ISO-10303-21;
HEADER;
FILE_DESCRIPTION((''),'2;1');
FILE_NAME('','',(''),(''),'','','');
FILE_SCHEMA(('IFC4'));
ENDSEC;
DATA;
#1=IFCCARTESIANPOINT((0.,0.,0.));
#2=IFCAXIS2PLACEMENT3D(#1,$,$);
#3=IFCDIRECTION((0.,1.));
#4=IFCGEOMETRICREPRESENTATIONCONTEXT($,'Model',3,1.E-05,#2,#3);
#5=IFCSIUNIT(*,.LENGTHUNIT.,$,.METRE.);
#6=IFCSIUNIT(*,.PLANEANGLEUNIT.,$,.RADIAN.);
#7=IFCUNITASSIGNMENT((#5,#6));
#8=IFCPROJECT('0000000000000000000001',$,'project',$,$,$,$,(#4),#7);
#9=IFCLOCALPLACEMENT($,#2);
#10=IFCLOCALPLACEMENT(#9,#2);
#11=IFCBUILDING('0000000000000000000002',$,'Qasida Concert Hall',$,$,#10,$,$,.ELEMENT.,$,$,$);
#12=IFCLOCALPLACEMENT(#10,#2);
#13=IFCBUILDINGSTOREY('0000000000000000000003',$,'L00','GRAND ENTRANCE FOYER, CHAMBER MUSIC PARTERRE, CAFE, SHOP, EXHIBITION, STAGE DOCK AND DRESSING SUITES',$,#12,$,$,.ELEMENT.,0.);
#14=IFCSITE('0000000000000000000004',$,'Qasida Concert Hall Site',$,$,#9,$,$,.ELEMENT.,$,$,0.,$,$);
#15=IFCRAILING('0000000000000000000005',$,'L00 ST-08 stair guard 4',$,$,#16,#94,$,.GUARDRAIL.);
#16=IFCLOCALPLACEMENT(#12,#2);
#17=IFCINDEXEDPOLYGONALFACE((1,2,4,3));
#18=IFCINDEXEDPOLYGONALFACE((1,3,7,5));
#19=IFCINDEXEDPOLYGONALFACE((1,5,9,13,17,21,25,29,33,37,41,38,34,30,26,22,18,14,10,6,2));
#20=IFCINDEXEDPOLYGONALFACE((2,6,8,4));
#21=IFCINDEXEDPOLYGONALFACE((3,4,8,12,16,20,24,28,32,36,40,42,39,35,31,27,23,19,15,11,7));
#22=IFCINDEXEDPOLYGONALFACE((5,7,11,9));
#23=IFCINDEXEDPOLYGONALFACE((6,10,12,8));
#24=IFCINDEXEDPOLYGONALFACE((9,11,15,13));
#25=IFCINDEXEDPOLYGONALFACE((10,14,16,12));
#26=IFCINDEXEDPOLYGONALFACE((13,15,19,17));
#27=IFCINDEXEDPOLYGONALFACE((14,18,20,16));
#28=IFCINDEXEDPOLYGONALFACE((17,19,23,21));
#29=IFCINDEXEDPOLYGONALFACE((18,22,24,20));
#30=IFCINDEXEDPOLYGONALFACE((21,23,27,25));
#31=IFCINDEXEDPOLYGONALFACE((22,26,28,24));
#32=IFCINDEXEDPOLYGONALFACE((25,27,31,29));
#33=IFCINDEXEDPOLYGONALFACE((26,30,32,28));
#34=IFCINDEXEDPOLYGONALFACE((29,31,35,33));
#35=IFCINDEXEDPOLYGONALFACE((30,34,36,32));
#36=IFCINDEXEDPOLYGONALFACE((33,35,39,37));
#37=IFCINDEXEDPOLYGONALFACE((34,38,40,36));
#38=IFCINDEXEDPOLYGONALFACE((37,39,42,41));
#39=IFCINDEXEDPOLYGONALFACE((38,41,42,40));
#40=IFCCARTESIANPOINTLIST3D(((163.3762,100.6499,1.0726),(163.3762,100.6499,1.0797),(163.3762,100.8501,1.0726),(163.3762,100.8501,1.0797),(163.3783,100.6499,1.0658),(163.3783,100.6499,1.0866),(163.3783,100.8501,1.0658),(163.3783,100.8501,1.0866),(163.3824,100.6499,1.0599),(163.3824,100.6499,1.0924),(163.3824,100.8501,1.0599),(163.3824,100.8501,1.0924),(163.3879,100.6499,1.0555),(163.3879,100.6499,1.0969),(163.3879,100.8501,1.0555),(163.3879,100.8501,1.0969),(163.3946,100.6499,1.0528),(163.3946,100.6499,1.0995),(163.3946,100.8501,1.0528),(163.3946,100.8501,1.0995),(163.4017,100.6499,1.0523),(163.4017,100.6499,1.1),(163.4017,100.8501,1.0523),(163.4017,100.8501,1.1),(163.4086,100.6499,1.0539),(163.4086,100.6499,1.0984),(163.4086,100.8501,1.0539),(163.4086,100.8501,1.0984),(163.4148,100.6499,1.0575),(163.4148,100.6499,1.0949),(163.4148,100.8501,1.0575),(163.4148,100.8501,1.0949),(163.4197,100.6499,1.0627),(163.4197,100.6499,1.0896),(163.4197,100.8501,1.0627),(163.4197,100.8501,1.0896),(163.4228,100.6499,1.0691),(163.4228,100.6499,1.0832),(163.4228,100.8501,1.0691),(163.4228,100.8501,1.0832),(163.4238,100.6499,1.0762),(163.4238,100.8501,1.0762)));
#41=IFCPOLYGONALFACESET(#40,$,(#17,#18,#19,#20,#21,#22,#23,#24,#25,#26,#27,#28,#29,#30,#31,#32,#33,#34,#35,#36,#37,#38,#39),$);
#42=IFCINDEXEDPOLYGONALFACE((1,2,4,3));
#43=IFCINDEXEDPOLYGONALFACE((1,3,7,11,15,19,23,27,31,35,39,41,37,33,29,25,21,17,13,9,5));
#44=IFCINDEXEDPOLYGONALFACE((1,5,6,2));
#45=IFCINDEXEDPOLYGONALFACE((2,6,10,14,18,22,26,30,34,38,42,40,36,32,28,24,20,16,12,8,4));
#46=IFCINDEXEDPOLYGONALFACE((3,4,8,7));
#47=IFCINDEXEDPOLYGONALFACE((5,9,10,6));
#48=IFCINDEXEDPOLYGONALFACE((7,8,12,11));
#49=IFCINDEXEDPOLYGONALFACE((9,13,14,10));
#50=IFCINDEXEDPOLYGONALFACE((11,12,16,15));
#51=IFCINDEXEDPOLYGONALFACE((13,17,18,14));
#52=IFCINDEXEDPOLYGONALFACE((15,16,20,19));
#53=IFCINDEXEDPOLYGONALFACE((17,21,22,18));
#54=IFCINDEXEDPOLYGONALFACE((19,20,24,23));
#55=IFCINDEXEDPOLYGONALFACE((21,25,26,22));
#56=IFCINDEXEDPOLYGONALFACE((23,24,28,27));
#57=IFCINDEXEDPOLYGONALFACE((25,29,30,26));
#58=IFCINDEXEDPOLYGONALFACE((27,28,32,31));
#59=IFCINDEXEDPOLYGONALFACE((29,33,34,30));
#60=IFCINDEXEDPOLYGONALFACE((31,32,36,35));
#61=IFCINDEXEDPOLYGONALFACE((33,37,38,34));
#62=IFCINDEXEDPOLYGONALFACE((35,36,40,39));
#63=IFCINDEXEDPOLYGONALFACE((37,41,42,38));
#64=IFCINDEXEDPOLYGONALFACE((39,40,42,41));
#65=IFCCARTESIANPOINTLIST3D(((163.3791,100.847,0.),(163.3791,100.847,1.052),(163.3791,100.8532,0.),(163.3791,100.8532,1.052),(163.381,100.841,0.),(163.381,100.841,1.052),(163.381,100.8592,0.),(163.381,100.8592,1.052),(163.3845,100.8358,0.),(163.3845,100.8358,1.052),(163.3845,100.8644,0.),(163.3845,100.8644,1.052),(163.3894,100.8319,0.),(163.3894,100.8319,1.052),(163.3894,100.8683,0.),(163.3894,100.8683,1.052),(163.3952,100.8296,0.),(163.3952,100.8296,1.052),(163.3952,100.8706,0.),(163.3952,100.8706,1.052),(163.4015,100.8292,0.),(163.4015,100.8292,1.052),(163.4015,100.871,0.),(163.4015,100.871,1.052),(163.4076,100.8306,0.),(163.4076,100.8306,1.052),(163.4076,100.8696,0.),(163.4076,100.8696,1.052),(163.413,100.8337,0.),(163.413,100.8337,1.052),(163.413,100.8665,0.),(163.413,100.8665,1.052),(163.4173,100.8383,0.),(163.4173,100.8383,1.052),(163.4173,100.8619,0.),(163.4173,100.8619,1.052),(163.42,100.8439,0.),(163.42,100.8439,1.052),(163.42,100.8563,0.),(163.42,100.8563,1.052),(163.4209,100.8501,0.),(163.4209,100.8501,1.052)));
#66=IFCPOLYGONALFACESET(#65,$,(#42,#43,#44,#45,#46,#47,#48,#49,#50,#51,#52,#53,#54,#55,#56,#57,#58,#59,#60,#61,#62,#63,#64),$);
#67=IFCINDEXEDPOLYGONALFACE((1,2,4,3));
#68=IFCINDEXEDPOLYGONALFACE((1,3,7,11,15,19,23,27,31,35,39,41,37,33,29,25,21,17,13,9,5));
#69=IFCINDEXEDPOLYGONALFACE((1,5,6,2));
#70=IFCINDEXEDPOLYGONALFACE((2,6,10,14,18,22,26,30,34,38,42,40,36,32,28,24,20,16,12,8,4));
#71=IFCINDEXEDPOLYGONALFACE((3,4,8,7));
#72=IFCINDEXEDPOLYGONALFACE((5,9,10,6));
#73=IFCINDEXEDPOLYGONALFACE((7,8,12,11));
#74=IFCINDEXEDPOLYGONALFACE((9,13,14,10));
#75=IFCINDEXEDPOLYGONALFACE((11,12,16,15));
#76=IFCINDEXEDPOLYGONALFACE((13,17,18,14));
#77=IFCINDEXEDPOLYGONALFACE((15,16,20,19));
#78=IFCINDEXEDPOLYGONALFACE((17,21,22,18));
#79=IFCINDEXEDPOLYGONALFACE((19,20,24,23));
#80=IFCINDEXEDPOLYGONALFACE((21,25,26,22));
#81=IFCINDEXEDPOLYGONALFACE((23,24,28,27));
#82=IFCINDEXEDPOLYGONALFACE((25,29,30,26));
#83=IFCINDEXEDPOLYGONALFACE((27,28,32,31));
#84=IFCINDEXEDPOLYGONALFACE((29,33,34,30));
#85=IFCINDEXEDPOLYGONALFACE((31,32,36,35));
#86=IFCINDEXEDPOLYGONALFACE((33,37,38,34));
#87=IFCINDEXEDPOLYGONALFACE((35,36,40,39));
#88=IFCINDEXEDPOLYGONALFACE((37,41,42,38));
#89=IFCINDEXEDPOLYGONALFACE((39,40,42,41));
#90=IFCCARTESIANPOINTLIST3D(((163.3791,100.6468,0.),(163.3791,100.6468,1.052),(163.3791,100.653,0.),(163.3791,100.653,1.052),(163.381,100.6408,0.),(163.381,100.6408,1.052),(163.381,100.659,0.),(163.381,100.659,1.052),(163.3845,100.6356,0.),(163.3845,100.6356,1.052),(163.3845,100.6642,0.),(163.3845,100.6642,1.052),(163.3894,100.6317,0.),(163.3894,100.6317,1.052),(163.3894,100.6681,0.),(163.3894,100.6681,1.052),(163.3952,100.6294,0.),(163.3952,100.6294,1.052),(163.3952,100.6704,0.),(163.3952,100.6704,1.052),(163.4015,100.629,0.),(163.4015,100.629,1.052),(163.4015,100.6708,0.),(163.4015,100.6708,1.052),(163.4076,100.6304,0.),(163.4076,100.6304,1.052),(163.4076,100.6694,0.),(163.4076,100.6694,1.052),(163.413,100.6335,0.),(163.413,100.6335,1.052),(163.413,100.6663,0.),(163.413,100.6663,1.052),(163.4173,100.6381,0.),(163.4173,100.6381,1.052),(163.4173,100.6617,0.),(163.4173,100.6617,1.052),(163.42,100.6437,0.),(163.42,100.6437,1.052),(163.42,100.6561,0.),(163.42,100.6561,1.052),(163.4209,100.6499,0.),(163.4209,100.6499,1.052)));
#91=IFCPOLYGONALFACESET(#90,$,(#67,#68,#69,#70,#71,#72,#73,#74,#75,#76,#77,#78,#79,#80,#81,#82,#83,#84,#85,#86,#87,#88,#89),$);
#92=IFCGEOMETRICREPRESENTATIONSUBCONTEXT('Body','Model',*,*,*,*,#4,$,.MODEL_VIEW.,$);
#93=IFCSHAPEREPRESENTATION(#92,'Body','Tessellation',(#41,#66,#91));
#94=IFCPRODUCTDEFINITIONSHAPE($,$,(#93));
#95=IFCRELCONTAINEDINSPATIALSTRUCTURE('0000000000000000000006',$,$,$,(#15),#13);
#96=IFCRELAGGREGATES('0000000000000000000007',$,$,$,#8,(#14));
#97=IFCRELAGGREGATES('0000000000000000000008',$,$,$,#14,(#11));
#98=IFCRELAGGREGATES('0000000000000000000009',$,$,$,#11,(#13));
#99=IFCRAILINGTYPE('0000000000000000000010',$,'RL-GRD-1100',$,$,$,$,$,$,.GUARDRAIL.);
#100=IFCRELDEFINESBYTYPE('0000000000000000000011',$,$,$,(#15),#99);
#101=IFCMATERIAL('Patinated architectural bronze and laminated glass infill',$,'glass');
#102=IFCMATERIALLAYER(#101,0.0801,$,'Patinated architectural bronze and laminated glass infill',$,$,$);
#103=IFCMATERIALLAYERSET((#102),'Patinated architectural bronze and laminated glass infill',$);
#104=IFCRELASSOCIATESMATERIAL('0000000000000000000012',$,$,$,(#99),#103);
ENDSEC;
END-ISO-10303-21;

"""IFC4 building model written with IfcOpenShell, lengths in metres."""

from ifc_helpers import new_model, si_unit, direction, frame, origin, origin_2d, place, context, subcontext, project, spatial, circle, extrude, material, layer, layer_set, type_object, element, save


model = new_model("IFC4")

# Units and contexts
model_context = context("Model", 3, precision=1e-05, world=origin(), true_north=direction((0.0, 1.0)))
body_context = subcontext(model_context, "Body", "Model", "MODEL_VIEW")
ifc_project = project(units=[si_unit("LENGTHUNIT", "METRE"), si_unit("PLANEANGLEUNIT", "RADIAN")], contexts=[model_context])

# Site, building, storey
site_placement = place(None, origin())
site = spatial("IfcSite", under=ifc_project, at=site_placement, Name="Qasida Concert Hall Site", CompositionType="ELEMENT", RefElevation=0.0)
building_placement = place(site_placement, origin())
building = spatial("IfcBuilding", under=site, at=building_placement, Name="Qasida Concert Hall", CompositionType="ELEMENT")
storey_placement = place(building_placement, origin())
storey = spatial("IfcBuildingStorey", under=building, at=storey_placement, Name="L00", Description="GRAND ENTRANCE FOYER, CHAMBER MUSIC PARTERRE, CAFE, SHOP, EXHIBITION, STAGE DOCK AND DRESSING SUITES", CompositionType="ELEMENT", Elevation=0.0)

# Railing
ifc_material_1 = material(Name="Patinated architectural bronze and laminated glass infill", Category="glass")
ifc_layer_1 = layer(ifc_material_1, 0.0801, Name="Patinated architectural bronze and laminated glass infill")
ifc_layer_set_1 = layer_set([ifc_layer_1], Name="Patinated architectural bronze and laminated glass infill")
railing_type_1 = type_object("IfcRailingType", Name="RL-GRD-1100", PredefinedType="GUARDRAIL", material=ifc_layer_set_1)
railing_1_placement = place(storey_placement, frame((163.3999, 100.8501, 0.0)))
element("IfcRailing", 1, at=railing_1_placement, inside=storey, type_object=railing_type_1, Name="L00 ST-08 stair guard 4", PredefinedType="GUARDRAIL", context=body_context, shape_type="SweptSolid", body=[
    extrude(circle(Radius=0.0239, at=origin_2d()), frame((0.0, 0.0, 1.0762), z_axis=(0.0, -1.0, 0.0), x_axis=(1.0, 0.0, 0.0)), (0.0, 0.0, 1.0), 0.2002),
    extrude(circle(Radius=0.021, at=origin_2d()), origin(), (0.0, 0.0, 1.0), 1.052),
    extrude(circle(Radius=0.021, at=origin_2d()), frame((0.0, -0.2002, 0.0)), (0.0, 0.0, 1.0), 1.052),
])

save(model, "model.ifc")
